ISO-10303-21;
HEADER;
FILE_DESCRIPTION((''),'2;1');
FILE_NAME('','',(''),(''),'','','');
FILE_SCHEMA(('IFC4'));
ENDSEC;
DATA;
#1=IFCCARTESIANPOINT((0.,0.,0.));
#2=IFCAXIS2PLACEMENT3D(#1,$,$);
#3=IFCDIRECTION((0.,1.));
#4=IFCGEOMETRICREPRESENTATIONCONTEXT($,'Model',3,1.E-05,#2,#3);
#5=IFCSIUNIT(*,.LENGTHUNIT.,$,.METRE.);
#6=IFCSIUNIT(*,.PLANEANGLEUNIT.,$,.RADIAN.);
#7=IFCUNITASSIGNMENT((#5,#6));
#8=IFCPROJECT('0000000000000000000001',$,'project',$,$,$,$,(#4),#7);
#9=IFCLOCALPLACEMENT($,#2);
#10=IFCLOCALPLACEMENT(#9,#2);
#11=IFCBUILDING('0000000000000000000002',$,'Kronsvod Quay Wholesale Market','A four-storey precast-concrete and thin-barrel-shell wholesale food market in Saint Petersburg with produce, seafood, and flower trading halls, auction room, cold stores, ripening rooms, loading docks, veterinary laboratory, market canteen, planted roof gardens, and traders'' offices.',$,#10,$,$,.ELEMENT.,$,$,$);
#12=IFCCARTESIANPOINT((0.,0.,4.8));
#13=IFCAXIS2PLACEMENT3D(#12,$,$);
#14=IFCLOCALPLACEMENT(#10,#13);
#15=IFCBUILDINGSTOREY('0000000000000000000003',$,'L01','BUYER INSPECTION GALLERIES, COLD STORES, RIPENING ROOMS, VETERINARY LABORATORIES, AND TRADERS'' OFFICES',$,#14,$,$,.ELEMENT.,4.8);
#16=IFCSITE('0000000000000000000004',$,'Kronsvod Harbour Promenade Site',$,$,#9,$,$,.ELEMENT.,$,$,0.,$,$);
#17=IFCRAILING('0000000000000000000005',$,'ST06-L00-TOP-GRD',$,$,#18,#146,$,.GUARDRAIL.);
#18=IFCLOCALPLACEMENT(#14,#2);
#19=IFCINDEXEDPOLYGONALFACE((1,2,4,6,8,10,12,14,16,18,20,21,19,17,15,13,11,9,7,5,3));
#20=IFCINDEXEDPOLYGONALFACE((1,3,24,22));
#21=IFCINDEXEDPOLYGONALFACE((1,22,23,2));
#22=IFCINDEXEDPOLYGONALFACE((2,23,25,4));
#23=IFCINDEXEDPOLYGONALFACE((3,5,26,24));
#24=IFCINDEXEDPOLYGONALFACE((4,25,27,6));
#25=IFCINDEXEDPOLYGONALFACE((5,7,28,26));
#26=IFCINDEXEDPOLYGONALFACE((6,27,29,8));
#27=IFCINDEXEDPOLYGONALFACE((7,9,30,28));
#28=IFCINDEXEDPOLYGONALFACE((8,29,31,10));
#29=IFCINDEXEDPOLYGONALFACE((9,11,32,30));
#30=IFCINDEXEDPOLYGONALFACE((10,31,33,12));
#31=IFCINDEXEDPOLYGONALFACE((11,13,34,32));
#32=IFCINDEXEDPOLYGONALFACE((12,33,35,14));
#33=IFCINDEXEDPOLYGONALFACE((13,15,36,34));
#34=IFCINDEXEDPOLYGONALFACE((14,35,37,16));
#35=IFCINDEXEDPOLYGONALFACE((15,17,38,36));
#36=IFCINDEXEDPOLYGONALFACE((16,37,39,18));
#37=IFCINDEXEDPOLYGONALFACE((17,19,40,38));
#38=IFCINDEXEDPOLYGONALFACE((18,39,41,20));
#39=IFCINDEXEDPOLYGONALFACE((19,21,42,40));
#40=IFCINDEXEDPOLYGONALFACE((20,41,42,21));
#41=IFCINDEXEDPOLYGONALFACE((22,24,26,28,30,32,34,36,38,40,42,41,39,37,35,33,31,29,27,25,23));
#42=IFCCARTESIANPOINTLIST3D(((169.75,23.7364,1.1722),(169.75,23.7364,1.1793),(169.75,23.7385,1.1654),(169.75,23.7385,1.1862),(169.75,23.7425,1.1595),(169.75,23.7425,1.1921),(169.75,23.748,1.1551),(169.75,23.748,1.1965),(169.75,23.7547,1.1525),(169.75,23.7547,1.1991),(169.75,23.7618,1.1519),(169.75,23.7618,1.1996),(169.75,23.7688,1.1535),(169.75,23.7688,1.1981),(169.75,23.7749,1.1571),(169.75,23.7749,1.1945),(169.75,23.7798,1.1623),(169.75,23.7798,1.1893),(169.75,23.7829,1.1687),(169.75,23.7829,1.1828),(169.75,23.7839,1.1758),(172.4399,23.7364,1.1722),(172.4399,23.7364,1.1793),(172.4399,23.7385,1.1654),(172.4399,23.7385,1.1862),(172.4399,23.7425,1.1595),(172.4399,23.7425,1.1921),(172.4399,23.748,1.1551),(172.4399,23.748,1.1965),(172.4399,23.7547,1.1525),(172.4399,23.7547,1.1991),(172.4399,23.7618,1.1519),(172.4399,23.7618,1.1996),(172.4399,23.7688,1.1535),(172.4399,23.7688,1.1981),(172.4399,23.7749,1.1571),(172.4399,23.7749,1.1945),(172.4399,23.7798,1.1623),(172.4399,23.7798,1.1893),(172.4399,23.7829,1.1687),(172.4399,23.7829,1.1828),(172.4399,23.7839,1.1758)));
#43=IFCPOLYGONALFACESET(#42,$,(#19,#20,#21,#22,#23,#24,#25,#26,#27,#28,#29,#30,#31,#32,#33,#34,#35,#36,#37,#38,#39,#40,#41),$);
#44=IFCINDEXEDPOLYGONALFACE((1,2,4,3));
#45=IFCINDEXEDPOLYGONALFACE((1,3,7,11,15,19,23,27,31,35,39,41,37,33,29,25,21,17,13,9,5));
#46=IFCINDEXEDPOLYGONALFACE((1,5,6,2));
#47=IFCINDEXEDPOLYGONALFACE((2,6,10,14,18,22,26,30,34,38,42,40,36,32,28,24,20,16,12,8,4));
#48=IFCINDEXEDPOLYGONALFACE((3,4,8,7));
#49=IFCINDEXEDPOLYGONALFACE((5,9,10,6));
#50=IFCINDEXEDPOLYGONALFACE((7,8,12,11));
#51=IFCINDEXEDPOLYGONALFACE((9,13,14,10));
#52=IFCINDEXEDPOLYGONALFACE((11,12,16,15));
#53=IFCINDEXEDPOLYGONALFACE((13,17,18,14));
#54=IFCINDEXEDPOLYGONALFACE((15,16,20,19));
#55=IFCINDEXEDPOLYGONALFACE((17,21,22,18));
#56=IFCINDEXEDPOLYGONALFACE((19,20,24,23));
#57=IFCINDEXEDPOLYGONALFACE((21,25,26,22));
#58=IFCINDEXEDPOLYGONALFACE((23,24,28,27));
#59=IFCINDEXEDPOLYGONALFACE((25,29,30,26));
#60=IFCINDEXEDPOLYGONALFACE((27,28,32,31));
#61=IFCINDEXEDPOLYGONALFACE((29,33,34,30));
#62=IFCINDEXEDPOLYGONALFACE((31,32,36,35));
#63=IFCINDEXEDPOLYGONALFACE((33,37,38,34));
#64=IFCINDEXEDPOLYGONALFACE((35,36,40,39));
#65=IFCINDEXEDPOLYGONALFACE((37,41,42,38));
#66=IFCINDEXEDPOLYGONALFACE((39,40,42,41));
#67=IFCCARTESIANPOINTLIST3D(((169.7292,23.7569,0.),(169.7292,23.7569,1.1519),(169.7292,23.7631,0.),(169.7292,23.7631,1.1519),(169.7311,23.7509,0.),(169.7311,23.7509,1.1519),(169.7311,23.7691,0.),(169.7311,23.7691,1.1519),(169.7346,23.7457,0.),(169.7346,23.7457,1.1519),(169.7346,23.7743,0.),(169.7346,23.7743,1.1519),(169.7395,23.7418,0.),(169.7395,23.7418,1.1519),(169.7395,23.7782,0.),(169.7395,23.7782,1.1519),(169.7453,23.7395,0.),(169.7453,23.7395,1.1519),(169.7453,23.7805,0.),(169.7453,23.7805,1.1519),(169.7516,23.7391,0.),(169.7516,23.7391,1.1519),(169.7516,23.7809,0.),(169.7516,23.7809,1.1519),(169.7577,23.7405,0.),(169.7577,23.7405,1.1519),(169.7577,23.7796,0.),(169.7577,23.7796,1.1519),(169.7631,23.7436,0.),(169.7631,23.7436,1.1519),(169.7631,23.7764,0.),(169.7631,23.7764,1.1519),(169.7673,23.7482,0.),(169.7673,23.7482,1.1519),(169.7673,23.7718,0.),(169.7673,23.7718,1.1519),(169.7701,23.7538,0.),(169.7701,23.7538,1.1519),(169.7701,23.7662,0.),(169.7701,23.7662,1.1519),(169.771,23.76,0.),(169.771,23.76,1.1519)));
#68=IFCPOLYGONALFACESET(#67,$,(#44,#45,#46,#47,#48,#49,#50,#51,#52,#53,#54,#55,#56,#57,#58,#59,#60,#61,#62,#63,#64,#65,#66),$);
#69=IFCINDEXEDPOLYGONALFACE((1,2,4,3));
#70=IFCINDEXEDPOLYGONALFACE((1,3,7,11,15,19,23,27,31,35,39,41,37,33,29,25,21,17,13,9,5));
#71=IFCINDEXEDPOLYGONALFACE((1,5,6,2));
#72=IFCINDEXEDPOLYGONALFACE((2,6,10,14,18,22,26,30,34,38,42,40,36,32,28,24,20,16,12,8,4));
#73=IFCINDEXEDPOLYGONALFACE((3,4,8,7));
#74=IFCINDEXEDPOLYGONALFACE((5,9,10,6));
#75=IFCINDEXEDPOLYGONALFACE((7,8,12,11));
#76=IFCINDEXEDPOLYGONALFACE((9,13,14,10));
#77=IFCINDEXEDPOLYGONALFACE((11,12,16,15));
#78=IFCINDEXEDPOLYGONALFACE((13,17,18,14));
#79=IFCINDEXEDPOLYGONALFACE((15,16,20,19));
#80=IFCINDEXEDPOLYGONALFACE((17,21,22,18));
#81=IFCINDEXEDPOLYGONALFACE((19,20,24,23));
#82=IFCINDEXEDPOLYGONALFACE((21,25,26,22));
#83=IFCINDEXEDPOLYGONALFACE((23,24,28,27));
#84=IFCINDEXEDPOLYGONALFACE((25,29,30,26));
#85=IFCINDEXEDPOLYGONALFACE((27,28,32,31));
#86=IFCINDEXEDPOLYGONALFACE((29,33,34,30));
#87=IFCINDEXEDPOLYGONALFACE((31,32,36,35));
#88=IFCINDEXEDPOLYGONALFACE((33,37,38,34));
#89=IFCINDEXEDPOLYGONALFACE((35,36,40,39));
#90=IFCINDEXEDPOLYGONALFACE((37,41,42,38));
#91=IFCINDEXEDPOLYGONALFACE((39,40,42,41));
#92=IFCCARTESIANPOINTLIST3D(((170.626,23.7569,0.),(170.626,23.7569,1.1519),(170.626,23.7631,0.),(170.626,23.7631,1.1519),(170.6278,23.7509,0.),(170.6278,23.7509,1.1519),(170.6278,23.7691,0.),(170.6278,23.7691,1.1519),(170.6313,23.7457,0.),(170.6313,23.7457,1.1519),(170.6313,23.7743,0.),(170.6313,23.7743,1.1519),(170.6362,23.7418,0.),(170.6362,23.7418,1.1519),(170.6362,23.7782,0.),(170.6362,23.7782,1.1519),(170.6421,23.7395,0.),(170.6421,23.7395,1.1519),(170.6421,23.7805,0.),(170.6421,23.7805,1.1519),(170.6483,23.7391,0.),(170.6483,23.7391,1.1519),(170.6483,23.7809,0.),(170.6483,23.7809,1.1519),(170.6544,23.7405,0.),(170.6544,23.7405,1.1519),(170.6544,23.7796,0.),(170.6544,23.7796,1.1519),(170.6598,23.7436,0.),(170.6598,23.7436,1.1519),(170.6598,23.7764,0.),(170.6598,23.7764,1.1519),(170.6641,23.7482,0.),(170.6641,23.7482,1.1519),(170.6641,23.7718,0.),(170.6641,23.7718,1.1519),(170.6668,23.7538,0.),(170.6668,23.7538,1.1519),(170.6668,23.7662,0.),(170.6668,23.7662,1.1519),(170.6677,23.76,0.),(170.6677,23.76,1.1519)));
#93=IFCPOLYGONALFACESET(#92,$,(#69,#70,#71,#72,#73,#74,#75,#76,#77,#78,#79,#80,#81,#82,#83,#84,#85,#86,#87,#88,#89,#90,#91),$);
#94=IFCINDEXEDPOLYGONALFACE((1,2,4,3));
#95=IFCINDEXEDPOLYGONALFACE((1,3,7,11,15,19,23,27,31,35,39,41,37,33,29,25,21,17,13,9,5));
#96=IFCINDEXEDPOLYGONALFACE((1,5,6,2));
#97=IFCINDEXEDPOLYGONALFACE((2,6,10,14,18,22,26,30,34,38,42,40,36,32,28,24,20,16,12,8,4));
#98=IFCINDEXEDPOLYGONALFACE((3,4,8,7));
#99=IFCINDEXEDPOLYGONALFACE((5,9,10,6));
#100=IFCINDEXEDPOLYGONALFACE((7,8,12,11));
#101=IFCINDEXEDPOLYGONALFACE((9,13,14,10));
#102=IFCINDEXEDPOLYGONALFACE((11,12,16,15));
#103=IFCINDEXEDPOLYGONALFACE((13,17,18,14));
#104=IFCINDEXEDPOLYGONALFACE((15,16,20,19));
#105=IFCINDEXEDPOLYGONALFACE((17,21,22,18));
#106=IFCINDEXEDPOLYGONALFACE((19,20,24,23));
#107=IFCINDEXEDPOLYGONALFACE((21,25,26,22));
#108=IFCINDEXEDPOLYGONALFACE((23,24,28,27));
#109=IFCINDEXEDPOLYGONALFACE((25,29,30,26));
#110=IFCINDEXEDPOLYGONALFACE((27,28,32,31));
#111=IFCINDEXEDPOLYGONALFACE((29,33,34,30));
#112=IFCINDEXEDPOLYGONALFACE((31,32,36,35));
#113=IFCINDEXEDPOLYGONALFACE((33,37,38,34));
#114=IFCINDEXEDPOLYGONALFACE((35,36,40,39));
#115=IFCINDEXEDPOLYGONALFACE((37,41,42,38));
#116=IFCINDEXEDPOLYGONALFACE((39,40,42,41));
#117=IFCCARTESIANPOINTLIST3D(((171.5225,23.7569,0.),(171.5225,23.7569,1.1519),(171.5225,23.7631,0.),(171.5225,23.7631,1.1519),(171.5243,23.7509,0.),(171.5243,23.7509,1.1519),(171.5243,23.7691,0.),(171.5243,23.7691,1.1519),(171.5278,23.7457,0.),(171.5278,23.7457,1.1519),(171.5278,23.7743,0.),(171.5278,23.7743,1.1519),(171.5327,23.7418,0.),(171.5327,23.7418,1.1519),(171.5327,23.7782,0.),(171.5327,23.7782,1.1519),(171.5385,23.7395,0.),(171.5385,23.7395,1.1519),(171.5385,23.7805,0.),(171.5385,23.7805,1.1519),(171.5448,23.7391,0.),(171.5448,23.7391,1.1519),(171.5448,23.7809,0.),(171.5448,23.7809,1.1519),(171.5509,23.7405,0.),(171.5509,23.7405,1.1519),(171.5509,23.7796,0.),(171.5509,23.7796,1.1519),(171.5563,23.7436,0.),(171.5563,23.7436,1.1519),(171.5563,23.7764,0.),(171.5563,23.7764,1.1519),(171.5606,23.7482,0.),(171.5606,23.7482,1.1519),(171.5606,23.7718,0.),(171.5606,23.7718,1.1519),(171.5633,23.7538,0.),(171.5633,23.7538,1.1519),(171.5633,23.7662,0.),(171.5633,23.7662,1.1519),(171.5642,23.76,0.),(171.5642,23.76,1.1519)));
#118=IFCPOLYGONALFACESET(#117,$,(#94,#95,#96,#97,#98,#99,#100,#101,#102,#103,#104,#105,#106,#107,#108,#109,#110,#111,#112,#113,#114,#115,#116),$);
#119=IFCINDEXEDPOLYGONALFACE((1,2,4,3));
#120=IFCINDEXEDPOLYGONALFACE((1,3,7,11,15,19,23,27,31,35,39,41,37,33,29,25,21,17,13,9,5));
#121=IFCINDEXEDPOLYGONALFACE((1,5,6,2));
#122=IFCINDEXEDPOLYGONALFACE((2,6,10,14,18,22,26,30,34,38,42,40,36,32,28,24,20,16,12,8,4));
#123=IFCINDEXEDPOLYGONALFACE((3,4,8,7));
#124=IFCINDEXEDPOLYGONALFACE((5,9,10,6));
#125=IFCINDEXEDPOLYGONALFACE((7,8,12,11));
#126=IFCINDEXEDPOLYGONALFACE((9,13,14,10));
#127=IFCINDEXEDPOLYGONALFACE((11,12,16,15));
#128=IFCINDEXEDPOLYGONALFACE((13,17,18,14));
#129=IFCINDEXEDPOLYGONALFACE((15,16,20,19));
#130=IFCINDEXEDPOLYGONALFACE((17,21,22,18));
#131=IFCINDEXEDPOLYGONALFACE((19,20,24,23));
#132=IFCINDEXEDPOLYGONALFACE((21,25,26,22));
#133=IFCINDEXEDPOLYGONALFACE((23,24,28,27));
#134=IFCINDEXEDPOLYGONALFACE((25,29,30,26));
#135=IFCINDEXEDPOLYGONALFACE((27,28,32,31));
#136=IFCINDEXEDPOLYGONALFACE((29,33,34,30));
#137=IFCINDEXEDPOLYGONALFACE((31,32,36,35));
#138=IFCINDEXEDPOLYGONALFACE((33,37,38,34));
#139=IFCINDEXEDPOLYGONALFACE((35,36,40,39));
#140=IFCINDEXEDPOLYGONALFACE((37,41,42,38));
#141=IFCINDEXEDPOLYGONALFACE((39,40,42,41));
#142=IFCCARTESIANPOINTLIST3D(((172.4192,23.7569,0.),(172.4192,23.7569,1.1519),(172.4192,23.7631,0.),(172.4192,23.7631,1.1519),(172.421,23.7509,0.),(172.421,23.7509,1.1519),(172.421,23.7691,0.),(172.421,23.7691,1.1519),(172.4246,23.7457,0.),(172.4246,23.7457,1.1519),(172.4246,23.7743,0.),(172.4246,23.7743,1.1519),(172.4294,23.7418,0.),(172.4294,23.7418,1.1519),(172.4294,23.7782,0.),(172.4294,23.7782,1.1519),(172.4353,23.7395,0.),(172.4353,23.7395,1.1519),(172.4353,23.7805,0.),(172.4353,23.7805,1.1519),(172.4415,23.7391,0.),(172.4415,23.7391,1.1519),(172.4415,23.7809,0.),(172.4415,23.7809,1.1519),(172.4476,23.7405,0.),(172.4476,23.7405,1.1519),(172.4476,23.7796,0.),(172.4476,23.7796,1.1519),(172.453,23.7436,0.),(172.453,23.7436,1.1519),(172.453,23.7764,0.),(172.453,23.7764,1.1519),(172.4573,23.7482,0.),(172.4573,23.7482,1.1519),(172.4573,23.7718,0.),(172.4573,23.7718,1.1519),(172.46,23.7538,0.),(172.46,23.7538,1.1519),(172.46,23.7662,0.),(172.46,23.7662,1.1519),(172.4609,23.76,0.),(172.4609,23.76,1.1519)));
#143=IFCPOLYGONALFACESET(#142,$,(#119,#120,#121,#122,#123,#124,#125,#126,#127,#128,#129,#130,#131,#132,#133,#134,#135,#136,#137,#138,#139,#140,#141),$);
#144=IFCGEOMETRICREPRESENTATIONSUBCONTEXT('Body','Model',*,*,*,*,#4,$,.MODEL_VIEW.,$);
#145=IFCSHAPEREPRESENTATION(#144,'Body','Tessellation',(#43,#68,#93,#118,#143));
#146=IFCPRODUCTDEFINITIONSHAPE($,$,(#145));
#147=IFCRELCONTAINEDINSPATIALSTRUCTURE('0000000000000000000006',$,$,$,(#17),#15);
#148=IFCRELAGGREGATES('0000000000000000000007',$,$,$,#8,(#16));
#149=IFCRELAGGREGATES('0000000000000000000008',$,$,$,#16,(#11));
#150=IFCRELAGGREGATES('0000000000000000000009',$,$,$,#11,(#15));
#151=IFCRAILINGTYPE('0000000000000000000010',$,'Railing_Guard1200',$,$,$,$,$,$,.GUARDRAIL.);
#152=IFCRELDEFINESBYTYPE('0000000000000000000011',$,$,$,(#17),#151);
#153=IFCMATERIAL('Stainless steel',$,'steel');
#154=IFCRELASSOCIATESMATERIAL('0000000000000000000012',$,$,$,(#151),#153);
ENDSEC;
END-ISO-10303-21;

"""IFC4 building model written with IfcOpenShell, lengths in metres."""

from ifc_helpers import new_model, si_unit, direction, frame, origin, origin_2d, place, context, subcontext, project, spatial, circle, extrude, material, type_object, element, save


model = new_model("IFC4")

# Units and contexts
model_context = context("Model", 3, precision=1e-05, world=origin(), true_north=direction((0.0, 1.0)))
body_context = subcontext(model_context, "Body", "Model", "MODEL_VIEW")
ifc_project = project(units=[si_unit("LENGTHUNIT", "METRE"), si_unit("PLANEANGLEUNIT", "RADIAN")], contexts=[model_context])

# Site, building, storey
site_placement = place(None, origin())
site = spatial("IfcSite", under=ifc_project, at=site_placement, Name="Kronsvod Harbour Promenade Site", CompositionType="ELEMENT", RefElevation=0.0)
building_placement = place(site_placement, origin())
building = spatial("IfcBuilding", under=site, at=building_placement, Name="Kronsvod Quay Wholesale Market", Description="A four-storey precast-concrete and thin-barrel-shell wholesale food market in Saint Petersburg with produce, seafood, and flower trading halls, auction room, cold stores, ripening rooms, loading docks, veterinary laboratory, market canteen, planted roof gardens, and traders' offices.", CompositionType="ELEMENT")
storey_placement = place(building_placement, frame((0.0, 0.0, 4.8)))
storey = spatial("IfcBuildingStorey", under=building, at=storey_placement, Name="L01", Description="BUYER INSPECTION GALLERIES, COLD STORES, RIPENING ROOMS, VETERINARY LABORATORIES, AND TRADERS' OFFICES", CompositionType="ELEMENT", Elevation=4.8)

# Railing
ifc_material_1 = material(Name="Stainless steel", Category="steel")
railing_type = type_object("IfcRailingType", Name="Railing_Guard1200", PredefinedType="GUARDRAIL", material=ifc_material_1)
railing_placement = place(storey_placement, frame((169.75, 23.76, 0.0)))
element("IfcRailing", 1, at=railing_placement, inside=storey, type_object=railing_type, Name="ST06-L00-TOP-GRD", PredefinedType="GUARDRAIL", context=body_context, shape_type="SweptSolid", body=[
    extrude(circle(Radius=0.0239, at=origin_2d()), frame((0.0, 0.0, 1.1758), z_axis=(1.0, 0.0, 0.0), x_axis=(0.0, 1.0, 0.0)), (0.0, 0.0, 1.0), 2.6899),
    extrude(circle(Radius=0.021, at=origin_2d()), origin(), (0.0, 0.0, 1.0), 1.1519),
    extrude(circle(Radius=0.021, at=origin_2d()), frame((0.8967, 0.0, 0.0)), (0.0, 0.0, 1.0), 1.1519),
    extrude(circle(Radius=0.021, at=origin_2d()), frame((1.7932, 0.0, 0.0)), (0.0, 0.0, 1.0), 1.1519),
    extrude(circle(Radius=0.021, at=origin_2d()), frame((2.6899, 0.0, 0.0)), (0.0, 0.0, 1.0), 1.1519),
])

save(model, "model.ifc")
